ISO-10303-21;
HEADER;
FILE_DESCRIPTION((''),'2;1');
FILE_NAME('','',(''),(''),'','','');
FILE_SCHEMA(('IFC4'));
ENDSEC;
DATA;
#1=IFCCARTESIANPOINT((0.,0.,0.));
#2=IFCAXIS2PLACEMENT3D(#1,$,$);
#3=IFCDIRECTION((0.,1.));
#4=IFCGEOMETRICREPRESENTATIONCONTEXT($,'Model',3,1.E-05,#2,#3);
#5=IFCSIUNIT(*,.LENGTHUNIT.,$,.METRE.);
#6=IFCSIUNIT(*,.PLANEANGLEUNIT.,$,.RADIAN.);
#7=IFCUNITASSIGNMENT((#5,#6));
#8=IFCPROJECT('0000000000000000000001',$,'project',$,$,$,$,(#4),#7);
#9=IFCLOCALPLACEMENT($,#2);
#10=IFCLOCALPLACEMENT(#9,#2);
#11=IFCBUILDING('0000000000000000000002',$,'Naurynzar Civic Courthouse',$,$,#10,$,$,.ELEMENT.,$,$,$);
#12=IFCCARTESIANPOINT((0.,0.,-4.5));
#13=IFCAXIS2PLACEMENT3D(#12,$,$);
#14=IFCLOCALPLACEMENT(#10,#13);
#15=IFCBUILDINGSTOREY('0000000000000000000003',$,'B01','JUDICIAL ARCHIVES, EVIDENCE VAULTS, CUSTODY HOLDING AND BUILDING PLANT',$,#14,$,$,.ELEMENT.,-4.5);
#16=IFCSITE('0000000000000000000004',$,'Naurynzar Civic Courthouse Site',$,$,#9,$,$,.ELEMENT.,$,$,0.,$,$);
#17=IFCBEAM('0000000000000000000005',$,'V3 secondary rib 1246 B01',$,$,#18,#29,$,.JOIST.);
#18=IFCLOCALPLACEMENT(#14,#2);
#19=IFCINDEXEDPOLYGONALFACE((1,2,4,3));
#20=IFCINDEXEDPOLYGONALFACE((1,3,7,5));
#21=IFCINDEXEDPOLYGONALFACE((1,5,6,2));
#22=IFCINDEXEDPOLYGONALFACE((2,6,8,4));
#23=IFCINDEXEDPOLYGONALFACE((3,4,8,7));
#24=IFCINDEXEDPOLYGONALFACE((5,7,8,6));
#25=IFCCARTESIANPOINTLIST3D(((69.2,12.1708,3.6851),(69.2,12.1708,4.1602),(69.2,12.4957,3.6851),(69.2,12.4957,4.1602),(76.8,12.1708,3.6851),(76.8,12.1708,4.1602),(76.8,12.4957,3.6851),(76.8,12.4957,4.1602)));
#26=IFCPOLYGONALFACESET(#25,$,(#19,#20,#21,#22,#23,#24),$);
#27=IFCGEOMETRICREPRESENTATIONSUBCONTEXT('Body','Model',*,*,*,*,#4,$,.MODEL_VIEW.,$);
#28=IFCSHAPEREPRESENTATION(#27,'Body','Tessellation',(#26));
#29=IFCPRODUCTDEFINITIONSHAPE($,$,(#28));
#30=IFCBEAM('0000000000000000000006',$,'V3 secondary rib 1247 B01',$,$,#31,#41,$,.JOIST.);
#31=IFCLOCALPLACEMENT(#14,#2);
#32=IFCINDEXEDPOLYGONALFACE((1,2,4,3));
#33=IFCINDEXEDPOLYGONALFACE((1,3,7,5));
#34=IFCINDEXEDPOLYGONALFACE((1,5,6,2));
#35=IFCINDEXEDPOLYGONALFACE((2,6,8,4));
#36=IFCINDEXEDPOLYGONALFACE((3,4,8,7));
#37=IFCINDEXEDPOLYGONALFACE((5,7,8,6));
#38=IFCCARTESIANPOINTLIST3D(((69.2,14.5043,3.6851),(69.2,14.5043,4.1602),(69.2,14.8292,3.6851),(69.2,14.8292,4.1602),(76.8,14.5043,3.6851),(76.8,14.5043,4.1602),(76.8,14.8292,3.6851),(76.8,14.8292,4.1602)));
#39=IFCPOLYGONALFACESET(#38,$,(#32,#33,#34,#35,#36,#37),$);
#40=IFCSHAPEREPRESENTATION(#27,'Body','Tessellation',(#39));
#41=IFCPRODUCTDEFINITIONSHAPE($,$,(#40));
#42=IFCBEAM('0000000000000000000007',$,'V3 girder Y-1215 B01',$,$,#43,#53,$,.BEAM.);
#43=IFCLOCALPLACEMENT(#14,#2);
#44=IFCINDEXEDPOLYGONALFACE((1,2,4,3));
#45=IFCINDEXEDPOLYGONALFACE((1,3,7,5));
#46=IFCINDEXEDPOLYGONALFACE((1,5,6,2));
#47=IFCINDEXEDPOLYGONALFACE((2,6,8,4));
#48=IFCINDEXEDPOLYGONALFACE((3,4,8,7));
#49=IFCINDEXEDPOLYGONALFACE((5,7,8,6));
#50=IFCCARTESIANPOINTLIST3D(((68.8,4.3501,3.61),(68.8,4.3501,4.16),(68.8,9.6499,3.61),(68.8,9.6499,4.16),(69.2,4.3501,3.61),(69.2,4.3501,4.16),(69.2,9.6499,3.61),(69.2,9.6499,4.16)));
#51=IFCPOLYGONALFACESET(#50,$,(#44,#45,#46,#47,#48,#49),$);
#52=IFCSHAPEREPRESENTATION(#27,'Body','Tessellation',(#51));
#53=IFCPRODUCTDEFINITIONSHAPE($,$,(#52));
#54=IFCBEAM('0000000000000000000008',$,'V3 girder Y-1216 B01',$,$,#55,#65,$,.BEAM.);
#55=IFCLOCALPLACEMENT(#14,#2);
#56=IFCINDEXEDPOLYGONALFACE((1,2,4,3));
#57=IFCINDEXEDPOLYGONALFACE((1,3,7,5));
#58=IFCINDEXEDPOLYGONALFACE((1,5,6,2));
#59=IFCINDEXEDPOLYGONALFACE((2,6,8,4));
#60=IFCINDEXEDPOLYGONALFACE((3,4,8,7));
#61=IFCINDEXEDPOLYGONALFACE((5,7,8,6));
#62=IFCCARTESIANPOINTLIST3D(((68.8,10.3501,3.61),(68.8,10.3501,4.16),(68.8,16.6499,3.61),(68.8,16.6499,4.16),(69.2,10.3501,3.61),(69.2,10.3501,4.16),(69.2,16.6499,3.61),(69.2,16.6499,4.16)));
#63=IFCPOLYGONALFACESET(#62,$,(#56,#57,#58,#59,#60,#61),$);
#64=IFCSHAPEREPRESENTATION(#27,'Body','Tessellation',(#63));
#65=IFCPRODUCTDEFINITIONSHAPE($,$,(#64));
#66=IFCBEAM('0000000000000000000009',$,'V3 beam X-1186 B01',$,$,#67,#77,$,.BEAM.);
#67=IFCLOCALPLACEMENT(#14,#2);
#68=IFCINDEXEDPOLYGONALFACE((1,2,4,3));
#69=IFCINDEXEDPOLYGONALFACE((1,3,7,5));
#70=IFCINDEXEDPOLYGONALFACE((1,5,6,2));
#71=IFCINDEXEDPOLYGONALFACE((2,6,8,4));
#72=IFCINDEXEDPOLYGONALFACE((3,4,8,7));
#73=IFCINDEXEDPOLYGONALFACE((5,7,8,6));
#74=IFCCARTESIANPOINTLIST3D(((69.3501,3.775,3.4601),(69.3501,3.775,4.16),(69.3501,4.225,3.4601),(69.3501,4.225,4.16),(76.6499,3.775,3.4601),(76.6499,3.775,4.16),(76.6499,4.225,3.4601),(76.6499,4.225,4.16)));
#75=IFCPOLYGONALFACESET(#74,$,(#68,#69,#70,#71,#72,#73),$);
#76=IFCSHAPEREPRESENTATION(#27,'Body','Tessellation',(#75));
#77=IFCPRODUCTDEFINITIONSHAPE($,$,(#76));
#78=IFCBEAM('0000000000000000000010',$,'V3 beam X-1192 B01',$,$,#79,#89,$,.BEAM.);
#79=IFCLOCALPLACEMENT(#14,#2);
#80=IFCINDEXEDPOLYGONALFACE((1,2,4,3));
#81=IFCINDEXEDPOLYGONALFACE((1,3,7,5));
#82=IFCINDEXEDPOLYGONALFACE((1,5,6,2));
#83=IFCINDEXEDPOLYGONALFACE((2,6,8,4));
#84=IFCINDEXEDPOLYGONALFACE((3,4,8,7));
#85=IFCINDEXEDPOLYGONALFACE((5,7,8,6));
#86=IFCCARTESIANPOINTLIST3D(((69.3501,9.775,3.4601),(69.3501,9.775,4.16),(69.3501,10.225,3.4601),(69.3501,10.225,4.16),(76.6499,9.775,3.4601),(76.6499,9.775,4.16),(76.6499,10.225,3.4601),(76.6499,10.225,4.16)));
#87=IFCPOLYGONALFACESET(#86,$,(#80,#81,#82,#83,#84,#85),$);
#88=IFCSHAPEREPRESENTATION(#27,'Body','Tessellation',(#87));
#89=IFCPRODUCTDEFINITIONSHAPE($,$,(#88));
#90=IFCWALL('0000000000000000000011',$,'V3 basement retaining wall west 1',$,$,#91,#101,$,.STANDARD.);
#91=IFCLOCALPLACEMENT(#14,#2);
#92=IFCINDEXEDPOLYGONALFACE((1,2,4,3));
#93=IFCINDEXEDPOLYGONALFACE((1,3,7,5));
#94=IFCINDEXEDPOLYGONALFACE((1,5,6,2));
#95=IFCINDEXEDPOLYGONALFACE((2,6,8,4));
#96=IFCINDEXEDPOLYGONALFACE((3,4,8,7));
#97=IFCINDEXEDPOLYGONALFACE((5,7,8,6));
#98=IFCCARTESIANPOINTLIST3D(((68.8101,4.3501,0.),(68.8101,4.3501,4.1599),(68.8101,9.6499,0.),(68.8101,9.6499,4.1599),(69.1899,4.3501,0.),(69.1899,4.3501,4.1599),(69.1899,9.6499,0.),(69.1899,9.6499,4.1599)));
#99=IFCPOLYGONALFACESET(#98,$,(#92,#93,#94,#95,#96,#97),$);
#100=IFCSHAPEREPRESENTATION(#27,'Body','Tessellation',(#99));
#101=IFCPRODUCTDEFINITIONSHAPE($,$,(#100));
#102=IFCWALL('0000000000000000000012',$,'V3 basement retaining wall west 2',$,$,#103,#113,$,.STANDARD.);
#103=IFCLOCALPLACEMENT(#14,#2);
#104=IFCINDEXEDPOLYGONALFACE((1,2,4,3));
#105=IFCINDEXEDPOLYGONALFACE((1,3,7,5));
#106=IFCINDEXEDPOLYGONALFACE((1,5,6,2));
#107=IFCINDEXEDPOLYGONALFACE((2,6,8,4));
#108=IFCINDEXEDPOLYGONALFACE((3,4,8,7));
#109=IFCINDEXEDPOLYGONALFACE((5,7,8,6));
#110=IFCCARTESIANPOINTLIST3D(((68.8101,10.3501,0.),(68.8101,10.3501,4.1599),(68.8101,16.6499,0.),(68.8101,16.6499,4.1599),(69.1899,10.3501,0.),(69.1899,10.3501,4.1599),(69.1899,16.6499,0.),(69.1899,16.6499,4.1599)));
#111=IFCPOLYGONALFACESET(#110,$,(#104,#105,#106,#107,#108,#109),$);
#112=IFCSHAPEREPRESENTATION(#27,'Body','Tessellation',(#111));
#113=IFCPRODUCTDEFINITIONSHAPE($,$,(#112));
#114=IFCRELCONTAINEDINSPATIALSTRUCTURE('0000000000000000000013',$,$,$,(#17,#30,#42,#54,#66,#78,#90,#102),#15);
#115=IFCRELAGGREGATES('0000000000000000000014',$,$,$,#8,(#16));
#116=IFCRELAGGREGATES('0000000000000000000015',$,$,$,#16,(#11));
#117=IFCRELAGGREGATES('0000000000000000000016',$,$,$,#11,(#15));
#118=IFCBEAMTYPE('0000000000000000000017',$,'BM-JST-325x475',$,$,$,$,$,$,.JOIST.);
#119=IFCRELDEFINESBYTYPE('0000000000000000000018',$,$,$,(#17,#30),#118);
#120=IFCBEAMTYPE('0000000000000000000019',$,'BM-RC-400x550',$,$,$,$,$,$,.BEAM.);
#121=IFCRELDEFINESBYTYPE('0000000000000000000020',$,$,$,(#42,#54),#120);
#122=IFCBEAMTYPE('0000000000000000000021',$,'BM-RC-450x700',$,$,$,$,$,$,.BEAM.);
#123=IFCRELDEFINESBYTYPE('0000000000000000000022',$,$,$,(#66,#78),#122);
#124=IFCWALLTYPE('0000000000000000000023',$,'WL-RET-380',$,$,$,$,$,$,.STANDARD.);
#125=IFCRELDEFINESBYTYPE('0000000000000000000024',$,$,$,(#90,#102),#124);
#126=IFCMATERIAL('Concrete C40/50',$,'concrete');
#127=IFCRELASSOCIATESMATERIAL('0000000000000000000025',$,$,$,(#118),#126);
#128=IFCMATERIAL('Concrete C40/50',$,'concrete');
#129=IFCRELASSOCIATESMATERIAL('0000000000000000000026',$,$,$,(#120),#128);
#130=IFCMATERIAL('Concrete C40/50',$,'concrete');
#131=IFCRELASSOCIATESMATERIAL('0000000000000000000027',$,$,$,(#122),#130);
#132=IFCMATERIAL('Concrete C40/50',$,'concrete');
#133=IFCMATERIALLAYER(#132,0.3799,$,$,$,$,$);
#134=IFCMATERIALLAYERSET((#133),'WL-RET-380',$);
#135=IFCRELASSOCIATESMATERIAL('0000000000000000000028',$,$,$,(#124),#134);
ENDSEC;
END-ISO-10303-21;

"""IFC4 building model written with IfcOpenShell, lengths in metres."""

from ifc_helpers import new_model, si_unit, direction, frame, frame_2d, origin, origin_2d, place, context, subcontext, project, spatial, rectangle, extrude, material, layer, layer_set, material_profile, profile_set, type_object, element, save


model = new_model("IFC4")

# Units and contexts
model_context = context("Model", 3, precision=1e-05, world=origin(), true_north=direction((0.0, 1.0)))
body_context = subcontext(model_context, "Body", "Model", "MODEL_VIEW")
ifc_project = project(units=[si_unit("LENGTHUNIT", "METRE"), si_unit("PLANEANGLEUNIT", "RADIAN")], contexts=[model_context])

# Site, building, storey
site_placement = place(None, origin())
site = spatial("IfcSite", under=ifc_project, at=site_placement, Name="Naurynzar Civic Courthouse Site", CompositionType="ELEMENT", RefElevation=0.0)
building_placement = place(site_placement, origin())
building = spatial("IfcBuilding", under=site, at=building_placement, Name="Naurynzar Civic Courthouse", CompositionType="ELEMENT")
storey_placement = place(building_placement, frame((0.0, 0.0, -4.5)))
storey = spatial("IfcBuildingStorey", under=building, at=storey_placement, Name="B01", Description="JUDICIAL ARCHIVES, EVIDENCE VAULTS, CUSTODY HOLDING AND BUILDING PLANT", CompositionType="ELEMENT", Elevation=-4.5)

# Beams
ifc_material_1 = material(Name="Concrete C40/50", Category="concrete")
ifc_material_profile_1 = material_profile(ifc_material_1, rectangle(XDim=0.325, YDim=0.4751, at=origin_2d()), Name="RCB 325x475")
ifc_profile_set_1 = profile_set([ifc_material_profile_1], Name="Concrete C40/50")
beam_type_1 = type_object("IfcBeamType", Name="BM-JST-325x475", PredefinedType="JOIST", material=ifc_profile_set_1)
for number, where, z_axis, x_axis, name in (
    (1, (69.2, 12.3333, 3.9226), (1.0, 0.0, 0.0), (0.0, 1.0, 0.0), "V3 secondary rib 1246 B01"),
    (2, (69.2, 14.6667, 3.9226), (1.0, 0.0, 0.0), (0.0, 1.0, 0.0), "V3 secondary rib 1247 B01"),
):
    element("IfcBeam", number, at=place(storey_placement, frame(where, z_axis=z_axis, x_axis=x_axis)), inside=storey, type_object=beam_type_1, Name=name, PredefinedType="JOIST", context=body_context, shape_type="SweptSolid", body=[
        extrude(rectangle(XDim=0.325, YDim=0.4751, at=origin_2d()), origin(), (0.0, 0.0, 1.0), 7.6001),
    ])
ifc_material_2 = material(Name="Concrete C40/50", Category="concrete")
ifc_material_profile_2 = material_profile(ifc_material_2, rectangle(XDim=0.3999, YDim=0.55, at=origin_2d()), Name="RCB 400x550")
ifc_profile_set_2 = profile_set([ifc_material_profile_2], Name="Concrete C40/50")
beam_type_2 = type_object("IfcBeamType", Name="BM-RC-400x550", PredefinedType="BEAM", material=ifc_profile_set_2)
beam_1_placement = place(storey_placement, frame((69.0, 4.3501, 3.885), z_axis=(0.0, 1.0, 0.0), x_axis=(-1.0, 0.0, 0.0)))
element("IfcBeam", 3, at=beam_1_placement, inside=storey, type_object=beam_type_2, Name="V3 girder Y-1215 B01", PredefinedType="BEAM", context=body_context, shape_type="SweptSolid", body=[
    extrude(rectangle(XDim=0.3999, YDim=0.55, at=origin_2d()), origin(), (0.0, 0.0, 1.0), 5.2998),
])
beam_2_placement = place(storey_placement, frame((69.0, 10.3501, 3.885), z_axis=(0.0, 1.0, 0.0), x_axis=(-1.0, 0.0, 0.0)))
element("IfcBeam", 4, at=beam_2_placement, inside=storey, type_object=beam_type_2, Name="V3 girder Y-1216 B01", PredefinedType="BEAM", context=body_context, shape_type="SweptSolid", body=[
    extrude(rectangle(XDim=0.3999, YDim=0.55, at=origin_2d()), origin(), (0.0, 0.0, 1.0), 6.2998),
])
ifc_material_3 = material(Name="Concrete C40/50", Category="concrete")
ifc_material_profile_3 = material_profile(ifc_material_3, rectangle(XDim=0.45, YDim=0.7, at=origin_2d()), Name="RCB 450x700")
ifc_profile_set_3 = profile_set([ifc_material_profile_3], Name="Concrete C40/50")
beam_type_3 = type_object("IfcBeamType", Name="BM-RC-450x700", PredefinedType="BEAM", material=ifc_profile_set_3)
for number, where, z_axis, x_axis, name in (
    (5, (69.3501, 4.0, 3.8101), (1.0, 0.0, 0.0), (0.0, 1.0, 0.0), "V3 beam X-1186 B01"),
    (6, (69.3501, 10.0, 3.8101), (1.0, 0.0, 0.0), (0.0, 1.0, 0.0), "V3 beam X-1192 B01"),
):
    element("IfcBeam", number, at=place(storey_placement, frame(where, z_axis=z_axis, x_axis=x_axis)), inside=storey, type_object=beam_type_3, Name=name, PredefinedType="BEAM", context=body_context, shape_type="SweptSolid", body=[
        extrude(rectangle(XDim=0.45, YDim=0.7, at=origin_2d()), origin(), (0.0, 0.0, 1.0), 7.2998),
    ])

# Walls
ifc_material_4 = material(Name="Concrete C40/50", Category="concrete")
ifc_layer = layer(ifc_material_4, 0.3799)
ifc_layer_set = layer_set([ifc_layer], Name="WL-RET-380")
wall_type = type_object("IfcWallType", Name="WL-RET-380", PredefinedType="STANDARD", material=ifc_layer_set)
wall_1_placement = place(storey_placement, frame((69.0, 4.3501, 0.0), z_axis=(0.0, 0.0, 1.0), x_axis=(0.0, 1.0, 0.0)))
element("IfcWall", 7, at=wall_1_placement, inside=storey, type_object=wall_type, Name="V3 basement retaining wall west 1", PredefinedType="STANDARD", context=body_context, shape_type="SweptSolid", body=[
    extrude(rectangle(XDim=5.2998, YDim=0.3799, at=frame_2d((2.6499, 0.0))), origin(), (0.0, 0.0, 1.0), 4.1599),
])
wall_2_placement = place(storey_placement, frame((69.0, 10.3501, 0.0), z_axis=(0.0, 0.0, 1.0), x_axis=(0.0, 1.0, 0.0)))
element("IfcWall", 8, at=wall_2_placement, inside=storey, type_object=wall_type, Name="V3 basement retaining wall west 2", PredefinedType="STANDARD", context=body_context, shape_type="SweptSolid", body=[
    extrude(rectangle(XDim=6.2998, YDim=0.3799, at=frame_2d((3.1499, 0.0))), origin(), (0.0, 0.0, 1.0), 4.1599),
])

save(model, "model.ifc")
